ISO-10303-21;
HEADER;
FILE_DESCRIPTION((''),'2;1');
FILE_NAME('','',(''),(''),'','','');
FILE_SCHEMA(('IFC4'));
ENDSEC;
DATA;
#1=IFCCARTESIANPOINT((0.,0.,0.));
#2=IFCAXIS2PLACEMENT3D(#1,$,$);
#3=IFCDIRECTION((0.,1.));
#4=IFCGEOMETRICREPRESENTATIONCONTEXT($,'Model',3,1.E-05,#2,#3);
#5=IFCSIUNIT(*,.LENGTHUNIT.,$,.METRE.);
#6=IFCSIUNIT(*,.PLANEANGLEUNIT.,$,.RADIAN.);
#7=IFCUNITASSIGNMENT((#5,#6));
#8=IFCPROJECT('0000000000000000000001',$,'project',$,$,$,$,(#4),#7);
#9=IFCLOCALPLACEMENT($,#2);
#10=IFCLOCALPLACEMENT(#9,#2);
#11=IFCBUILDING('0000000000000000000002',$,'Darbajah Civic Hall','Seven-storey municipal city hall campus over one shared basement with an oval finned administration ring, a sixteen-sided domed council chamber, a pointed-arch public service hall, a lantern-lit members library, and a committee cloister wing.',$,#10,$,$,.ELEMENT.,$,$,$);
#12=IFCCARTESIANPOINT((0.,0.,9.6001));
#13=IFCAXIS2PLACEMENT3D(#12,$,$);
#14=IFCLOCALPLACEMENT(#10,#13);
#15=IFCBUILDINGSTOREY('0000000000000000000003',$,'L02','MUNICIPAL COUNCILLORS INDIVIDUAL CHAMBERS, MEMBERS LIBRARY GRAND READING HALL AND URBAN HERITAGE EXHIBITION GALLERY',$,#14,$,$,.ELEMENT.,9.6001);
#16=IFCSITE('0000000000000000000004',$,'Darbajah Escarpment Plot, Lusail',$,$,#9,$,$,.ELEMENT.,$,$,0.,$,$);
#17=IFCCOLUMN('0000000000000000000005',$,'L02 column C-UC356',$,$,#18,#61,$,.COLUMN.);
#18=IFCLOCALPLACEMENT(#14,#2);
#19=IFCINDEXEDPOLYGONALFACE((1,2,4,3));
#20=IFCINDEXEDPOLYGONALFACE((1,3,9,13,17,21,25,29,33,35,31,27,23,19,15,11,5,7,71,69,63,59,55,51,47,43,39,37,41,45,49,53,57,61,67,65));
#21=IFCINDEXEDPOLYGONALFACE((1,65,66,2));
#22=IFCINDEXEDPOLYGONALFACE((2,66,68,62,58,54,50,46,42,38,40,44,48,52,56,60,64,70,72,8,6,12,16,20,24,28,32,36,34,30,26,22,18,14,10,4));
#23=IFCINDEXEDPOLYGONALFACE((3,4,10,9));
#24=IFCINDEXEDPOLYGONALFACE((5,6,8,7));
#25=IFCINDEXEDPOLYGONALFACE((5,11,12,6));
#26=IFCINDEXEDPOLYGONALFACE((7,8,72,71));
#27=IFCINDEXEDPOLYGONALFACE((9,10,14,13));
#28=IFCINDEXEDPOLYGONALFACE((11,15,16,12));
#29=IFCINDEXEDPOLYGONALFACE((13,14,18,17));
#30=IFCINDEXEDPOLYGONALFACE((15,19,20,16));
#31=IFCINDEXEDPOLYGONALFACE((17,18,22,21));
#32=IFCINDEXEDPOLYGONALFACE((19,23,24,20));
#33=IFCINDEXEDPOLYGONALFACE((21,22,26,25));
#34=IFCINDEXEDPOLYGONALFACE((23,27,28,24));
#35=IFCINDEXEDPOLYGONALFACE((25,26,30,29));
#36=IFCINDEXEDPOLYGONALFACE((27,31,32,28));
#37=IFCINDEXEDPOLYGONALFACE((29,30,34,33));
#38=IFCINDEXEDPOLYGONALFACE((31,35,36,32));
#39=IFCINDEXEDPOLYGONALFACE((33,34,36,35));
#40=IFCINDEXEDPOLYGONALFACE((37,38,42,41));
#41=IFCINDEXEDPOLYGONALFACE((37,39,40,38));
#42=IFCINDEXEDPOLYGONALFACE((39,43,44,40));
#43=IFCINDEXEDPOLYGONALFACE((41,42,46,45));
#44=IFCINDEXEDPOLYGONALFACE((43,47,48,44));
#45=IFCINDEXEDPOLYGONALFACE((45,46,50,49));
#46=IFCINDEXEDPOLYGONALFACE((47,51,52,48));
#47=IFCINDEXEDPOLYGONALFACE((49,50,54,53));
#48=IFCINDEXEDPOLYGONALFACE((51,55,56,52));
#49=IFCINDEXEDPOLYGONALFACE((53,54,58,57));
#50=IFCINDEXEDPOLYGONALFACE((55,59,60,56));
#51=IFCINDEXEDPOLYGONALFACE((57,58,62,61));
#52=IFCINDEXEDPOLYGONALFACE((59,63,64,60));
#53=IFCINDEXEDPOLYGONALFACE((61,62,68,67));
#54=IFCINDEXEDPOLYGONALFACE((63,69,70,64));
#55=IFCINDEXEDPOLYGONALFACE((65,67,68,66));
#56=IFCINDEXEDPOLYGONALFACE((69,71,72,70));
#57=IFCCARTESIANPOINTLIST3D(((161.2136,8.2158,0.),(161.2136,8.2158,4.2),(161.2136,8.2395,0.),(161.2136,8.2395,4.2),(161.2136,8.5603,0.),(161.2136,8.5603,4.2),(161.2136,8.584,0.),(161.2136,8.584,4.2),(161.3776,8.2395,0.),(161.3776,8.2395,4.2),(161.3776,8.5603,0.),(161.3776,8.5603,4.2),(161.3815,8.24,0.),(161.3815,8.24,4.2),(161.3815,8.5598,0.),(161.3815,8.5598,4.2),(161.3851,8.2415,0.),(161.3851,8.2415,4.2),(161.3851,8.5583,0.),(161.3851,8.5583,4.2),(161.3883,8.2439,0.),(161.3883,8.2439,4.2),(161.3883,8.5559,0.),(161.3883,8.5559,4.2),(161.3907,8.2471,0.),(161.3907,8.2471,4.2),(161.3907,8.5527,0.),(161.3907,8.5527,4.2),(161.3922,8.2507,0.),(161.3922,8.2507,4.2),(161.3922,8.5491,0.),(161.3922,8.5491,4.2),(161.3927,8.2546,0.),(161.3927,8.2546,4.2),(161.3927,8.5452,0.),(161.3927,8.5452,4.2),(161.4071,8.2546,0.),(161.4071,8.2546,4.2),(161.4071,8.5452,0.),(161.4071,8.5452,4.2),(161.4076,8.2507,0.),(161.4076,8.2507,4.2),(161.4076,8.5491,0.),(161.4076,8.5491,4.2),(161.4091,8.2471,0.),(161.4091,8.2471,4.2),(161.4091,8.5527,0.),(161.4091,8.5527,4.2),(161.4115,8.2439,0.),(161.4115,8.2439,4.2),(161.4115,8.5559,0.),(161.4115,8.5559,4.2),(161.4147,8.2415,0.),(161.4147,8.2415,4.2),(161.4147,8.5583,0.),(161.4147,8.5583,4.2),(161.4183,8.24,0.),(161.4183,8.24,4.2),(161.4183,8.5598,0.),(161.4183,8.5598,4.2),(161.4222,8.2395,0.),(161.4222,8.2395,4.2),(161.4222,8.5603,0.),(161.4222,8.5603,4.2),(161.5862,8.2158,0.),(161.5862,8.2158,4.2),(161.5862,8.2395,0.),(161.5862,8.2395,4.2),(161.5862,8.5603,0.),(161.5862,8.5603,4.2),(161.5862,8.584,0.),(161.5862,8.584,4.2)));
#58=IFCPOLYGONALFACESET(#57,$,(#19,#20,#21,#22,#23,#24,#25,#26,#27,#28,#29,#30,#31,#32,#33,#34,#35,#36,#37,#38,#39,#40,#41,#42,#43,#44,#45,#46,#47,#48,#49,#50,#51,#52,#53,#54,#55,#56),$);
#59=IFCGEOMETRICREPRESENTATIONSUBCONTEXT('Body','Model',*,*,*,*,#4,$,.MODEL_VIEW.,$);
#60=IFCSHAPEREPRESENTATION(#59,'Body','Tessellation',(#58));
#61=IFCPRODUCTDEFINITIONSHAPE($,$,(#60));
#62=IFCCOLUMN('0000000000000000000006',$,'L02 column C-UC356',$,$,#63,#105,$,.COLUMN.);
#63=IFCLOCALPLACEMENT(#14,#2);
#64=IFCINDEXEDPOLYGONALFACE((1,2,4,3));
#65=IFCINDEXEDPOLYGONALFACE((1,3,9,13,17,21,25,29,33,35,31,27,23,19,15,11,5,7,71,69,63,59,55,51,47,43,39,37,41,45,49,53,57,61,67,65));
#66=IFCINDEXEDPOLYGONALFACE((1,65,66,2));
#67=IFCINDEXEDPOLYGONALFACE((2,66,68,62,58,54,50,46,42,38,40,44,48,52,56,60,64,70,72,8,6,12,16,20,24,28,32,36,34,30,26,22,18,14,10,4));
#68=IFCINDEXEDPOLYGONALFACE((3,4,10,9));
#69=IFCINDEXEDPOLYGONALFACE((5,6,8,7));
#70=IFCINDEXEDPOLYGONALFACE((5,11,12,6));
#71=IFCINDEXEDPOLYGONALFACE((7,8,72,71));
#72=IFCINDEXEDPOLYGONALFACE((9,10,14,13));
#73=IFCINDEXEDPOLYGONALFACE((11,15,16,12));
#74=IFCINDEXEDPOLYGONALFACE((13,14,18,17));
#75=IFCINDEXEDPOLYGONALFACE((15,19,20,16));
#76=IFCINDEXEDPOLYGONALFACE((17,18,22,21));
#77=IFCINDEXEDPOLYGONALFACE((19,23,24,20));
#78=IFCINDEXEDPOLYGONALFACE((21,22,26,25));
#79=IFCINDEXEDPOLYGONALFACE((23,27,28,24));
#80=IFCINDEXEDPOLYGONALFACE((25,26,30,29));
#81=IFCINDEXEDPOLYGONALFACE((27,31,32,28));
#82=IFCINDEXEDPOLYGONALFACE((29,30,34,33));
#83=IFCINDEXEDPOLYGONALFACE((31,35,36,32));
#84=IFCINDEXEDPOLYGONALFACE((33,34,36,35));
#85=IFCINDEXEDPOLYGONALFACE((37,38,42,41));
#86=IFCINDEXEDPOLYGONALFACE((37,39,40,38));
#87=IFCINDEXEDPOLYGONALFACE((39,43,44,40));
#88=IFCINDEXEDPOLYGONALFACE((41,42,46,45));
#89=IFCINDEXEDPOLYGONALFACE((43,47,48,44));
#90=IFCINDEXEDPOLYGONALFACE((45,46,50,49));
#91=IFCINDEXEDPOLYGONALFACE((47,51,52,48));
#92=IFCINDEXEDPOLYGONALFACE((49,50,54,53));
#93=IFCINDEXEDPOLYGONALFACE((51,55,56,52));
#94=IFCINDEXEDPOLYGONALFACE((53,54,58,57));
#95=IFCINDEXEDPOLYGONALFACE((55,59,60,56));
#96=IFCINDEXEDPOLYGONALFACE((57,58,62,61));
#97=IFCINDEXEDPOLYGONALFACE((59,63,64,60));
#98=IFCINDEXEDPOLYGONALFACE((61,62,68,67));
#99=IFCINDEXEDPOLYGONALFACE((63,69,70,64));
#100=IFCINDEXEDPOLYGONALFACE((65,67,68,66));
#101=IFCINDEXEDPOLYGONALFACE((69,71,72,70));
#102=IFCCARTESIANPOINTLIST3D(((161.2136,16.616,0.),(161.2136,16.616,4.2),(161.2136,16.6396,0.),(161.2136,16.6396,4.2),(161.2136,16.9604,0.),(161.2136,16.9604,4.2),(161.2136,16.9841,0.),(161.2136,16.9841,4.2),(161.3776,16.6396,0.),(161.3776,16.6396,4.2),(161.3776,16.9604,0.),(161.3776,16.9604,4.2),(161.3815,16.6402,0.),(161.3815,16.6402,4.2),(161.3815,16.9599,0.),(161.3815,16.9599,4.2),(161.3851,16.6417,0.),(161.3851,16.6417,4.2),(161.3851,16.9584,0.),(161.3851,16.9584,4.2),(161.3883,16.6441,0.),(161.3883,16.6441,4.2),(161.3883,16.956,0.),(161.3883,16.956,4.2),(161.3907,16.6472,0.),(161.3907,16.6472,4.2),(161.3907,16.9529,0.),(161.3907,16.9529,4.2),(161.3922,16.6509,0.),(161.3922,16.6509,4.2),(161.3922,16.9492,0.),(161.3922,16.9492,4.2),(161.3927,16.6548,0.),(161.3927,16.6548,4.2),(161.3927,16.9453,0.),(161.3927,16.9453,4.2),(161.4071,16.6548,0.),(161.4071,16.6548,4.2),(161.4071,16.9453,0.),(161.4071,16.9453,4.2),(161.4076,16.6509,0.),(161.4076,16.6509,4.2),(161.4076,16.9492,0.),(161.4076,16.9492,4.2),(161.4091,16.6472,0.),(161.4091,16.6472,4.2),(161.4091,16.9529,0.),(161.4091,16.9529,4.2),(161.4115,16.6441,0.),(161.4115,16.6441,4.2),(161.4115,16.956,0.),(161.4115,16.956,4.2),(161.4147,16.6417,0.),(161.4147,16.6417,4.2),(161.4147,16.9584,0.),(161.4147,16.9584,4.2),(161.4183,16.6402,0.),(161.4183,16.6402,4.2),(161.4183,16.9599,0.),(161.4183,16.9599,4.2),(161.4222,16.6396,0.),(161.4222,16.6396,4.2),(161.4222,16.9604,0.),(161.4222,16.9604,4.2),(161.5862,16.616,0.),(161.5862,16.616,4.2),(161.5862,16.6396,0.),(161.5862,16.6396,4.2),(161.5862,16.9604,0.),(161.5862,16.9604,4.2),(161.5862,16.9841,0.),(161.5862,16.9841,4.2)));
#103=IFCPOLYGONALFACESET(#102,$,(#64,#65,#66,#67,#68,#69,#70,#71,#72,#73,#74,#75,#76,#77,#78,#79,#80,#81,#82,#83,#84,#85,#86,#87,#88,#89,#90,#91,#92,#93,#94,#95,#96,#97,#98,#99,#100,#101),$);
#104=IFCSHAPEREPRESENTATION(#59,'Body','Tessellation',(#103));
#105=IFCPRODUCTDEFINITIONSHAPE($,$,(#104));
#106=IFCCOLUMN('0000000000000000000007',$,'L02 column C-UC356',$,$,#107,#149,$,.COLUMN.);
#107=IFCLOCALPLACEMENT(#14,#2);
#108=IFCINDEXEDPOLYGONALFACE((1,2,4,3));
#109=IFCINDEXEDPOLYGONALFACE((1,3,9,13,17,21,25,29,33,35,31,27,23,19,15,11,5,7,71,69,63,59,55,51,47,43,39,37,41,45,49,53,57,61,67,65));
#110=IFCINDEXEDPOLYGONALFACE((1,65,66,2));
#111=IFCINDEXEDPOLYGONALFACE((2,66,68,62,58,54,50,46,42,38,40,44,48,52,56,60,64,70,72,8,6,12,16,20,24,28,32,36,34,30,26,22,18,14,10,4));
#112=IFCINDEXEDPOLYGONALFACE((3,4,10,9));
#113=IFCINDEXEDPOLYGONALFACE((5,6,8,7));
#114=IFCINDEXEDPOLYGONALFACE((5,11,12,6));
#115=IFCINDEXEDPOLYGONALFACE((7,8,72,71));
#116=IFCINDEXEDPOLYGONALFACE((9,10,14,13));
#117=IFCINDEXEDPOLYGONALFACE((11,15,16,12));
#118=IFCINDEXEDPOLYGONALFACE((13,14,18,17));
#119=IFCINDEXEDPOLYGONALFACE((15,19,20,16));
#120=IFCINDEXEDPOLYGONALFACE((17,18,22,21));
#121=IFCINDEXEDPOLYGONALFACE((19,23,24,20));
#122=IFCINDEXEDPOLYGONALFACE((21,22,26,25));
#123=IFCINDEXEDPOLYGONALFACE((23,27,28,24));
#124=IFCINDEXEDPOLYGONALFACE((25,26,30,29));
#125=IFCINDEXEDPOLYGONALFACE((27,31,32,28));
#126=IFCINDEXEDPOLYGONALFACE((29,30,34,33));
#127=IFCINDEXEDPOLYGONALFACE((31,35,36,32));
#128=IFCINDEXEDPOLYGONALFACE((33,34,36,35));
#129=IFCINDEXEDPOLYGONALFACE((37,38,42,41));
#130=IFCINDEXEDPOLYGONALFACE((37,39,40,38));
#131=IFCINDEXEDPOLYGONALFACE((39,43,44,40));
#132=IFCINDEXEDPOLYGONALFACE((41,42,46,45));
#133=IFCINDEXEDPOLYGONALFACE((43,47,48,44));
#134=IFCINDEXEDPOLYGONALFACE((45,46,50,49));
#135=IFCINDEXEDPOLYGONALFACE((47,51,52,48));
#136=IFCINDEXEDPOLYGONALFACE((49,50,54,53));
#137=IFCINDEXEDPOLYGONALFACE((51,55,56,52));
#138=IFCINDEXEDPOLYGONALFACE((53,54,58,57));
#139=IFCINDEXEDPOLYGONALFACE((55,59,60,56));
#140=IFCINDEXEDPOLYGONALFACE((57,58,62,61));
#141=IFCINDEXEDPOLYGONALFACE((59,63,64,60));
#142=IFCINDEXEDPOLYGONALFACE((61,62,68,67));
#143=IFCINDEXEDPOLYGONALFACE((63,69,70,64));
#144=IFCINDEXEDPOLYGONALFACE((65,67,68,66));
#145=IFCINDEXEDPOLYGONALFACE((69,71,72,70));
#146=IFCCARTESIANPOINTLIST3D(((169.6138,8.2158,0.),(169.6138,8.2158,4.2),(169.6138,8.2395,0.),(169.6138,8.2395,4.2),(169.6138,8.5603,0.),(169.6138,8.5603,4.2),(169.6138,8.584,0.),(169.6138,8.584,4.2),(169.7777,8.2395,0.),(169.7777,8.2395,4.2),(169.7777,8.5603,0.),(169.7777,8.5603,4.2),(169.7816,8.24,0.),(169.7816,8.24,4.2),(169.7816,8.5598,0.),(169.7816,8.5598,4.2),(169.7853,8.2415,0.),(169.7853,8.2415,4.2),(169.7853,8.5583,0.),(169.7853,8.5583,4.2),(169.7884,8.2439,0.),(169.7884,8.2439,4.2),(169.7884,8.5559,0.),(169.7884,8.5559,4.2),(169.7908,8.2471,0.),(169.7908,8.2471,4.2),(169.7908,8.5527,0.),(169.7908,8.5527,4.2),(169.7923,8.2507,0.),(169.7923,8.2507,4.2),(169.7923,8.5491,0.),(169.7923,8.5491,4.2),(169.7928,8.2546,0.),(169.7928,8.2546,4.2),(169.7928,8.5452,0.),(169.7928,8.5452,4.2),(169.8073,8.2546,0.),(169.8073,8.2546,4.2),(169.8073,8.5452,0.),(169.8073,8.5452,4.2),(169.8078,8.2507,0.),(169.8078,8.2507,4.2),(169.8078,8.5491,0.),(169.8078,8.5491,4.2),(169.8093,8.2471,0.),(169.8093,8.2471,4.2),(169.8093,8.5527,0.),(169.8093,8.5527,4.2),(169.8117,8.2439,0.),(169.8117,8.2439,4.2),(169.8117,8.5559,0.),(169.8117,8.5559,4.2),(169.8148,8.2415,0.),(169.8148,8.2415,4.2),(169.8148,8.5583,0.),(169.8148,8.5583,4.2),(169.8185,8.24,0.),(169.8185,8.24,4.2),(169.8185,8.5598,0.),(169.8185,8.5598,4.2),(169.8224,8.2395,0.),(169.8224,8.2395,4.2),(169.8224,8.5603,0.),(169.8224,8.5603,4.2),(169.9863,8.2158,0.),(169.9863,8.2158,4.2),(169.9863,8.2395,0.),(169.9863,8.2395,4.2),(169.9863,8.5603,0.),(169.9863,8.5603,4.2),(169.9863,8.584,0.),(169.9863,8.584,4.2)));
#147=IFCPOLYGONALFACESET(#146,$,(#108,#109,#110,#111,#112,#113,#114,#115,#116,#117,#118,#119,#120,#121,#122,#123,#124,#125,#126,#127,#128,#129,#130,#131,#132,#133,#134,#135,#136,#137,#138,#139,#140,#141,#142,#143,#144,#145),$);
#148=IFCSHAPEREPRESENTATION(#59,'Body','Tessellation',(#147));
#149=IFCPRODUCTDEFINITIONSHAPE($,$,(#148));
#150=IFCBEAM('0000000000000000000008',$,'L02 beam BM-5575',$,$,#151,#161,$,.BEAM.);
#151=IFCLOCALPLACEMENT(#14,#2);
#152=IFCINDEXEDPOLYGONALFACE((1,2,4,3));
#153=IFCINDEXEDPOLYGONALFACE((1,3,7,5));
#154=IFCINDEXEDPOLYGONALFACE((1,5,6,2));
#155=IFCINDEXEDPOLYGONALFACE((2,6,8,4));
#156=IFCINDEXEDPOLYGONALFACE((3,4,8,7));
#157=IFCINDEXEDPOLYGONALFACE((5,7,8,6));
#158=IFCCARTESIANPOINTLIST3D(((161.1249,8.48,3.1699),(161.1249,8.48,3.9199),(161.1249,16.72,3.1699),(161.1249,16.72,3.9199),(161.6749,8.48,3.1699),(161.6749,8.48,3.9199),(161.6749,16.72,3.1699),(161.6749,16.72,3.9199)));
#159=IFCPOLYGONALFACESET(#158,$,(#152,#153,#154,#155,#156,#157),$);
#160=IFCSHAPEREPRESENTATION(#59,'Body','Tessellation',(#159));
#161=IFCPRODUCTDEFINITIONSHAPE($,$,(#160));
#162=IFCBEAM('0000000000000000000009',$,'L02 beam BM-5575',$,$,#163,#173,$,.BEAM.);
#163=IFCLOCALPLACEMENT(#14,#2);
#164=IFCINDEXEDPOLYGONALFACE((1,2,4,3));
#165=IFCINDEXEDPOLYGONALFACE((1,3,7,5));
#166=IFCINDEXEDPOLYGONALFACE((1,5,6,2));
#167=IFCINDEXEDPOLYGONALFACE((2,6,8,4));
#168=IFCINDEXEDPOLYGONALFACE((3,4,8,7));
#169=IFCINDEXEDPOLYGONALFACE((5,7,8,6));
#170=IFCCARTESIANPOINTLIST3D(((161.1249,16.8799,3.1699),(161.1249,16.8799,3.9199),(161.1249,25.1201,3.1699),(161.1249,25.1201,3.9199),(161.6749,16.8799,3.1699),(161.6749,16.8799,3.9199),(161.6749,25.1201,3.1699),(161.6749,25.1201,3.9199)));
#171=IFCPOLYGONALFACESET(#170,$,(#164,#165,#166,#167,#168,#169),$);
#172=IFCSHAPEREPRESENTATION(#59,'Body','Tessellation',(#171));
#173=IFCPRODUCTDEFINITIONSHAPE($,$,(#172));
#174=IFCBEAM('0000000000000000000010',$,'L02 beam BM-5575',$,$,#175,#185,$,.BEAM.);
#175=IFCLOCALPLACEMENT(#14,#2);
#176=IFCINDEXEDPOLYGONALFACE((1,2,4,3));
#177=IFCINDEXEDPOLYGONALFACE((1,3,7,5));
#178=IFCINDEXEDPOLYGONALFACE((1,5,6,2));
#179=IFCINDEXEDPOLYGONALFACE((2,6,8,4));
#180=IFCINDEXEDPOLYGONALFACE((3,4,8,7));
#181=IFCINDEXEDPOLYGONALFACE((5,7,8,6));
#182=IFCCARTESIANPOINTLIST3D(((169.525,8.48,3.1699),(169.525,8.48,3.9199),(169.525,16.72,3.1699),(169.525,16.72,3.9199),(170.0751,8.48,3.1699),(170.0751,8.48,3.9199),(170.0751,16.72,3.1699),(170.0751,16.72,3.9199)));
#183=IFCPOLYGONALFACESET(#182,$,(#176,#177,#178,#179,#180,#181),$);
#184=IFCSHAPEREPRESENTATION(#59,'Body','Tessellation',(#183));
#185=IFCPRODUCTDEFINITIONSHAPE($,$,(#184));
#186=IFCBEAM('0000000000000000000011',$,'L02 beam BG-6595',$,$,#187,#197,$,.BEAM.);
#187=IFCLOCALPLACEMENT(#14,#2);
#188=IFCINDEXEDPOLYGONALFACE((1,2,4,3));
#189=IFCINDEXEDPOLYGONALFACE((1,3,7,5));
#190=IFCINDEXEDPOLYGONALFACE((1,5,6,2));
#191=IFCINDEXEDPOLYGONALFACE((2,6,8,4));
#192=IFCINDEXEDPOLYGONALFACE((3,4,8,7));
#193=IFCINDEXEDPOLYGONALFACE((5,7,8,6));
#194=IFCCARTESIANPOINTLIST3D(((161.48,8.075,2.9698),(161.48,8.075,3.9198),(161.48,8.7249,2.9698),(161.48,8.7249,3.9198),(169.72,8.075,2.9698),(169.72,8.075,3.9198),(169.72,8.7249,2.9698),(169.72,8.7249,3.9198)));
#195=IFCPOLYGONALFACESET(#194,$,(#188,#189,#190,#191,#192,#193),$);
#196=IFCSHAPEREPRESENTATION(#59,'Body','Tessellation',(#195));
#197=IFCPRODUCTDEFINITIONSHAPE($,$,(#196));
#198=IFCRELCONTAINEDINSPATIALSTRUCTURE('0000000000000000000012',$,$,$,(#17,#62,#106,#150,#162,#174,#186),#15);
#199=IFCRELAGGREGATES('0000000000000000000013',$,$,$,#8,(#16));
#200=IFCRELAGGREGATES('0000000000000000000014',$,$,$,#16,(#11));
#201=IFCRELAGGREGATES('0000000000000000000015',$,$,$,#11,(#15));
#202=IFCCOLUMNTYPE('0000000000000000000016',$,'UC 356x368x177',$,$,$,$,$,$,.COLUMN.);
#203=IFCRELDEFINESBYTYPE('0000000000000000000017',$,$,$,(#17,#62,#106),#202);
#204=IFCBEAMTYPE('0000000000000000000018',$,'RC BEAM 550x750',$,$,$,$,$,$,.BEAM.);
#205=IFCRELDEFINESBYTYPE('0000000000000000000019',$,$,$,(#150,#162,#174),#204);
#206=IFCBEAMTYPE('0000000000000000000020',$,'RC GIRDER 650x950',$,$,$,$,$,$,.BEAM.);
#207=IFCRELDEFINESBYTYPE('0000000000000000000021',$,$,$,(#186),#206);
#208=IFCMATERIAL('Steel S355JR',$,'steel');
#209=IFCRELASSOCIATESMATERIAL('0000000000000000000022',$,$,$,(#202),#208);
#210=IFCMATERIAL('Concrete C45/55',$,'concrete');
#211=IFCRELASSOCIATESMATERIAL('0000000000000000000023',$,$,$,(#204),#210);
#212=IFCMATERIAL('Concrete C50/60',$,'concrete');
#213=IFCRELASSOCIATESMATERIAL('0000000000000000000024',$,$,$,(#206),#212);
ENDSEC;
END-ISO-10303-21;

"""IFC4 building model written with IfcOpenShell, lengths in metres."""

from ifc_helpers import new_model, si_unit, direction, frame, origin, origin_2d, place, context, subcontext, project, spatial, rectangle, i_section, extrude, material, material_profile, profile_set, type_object, element, save


model = new_model("IFC4")

# Units and contexts
model_context = context("Model", 3, precision=1e-05, world=origin(), true_north=direction((0.0, 1.0)))
body_context = subcontext(model_context, "Body", "Model", "MODEL_VIEW")
ifc_project = project(units=[si_unit("LENGTHUNIT", "METRE"), si_unit("PLANEANGLEUNIT", "RADIAN")], contexts=[model_context])

# Site, building, storey
site_placement = place(None, origin())
site = spatial("IfcSite", under=ifc_project, at=site_placement, Name="Darbajah Escarpment Plot, Lusail", CompositionType="ELEMENT", RefElevation=0.0)
building_placement = place(site_placement, origin())
building = spatial("IfcBuilding", under=site, at=building_placement, Name="Darbajah Civic Hall", Description="Seven-storey municipal city hall campus over one shared basement with an oval finned administration ring, a sixteen-sided domed council chamber, a pointed-arch public service hall, a lantern-lit members library, and a committee cloister wing.", CompositionType="ELEMENT")
storey_placement = place(building_placement, frame((0.0, 0.0, 9.6001)))
storey = spatial("IfcBuildingStorey", under=building, at=storey_placement, Name="L02", Description="MUNICIPAL COUNCILLORS INDIVIDUAL CHAMBERS, MEMBERS LIBRARY GRAND READING HALL AND URBAN HERITAGE EXHIBITION GALLERY", CompositionType="ELEMENT", Elevation=9.6001)

# Columns
ifc_material_1 = material(Name="Steel S355JR", Category="steel")
ifc_material_profile_1 = material_profile(ifc_material_1, i_section(OverallWidth=0.3726, OverallDepth=0.3682, WebThickness=0.0144, FlangeThickness=0.0237, FilletRadius=0.0151, at=origin_2d()), Name="UC 356x368x177")
ifc_profile_set_1 = profile_set([ifc_material_profile_1], Name="Steel S355JR")
column_type = type_object("IfcColumnType", Name="UC 356x368x177", PredefinedType="COLUMN", material=ifc_profile_set_1)
for number, where, z_axis, x_axis, name in (
    (1, (161.3999, 8.3999, 0.0), (0.0, 0.0, 1.0), (1.0, 0.0, 0.0), "L02 column C-UC356"),
    (2, (161.3999, 16.8, 0.0), (0.0, 0.0, 1.0), (1.0, 0.0, 0.0), "L02 column C-UC356"),
    (3, (169.8, 8.3999, 0.0), (0.0, 0.0, 1.0), (1.0, 0.0, 0.0), "L02 column C-UC356"),
):
    element("IfcColumn", number, at=place(storey_placement, frame(where, z_axis=z_axis, x_axis=x_axis)), inside=storey, type_object=column_type, Name=name, PredefinedType="COLUMN", context=body_context, shape_type="SweptSolid", body=[
        extrude(i_section(OverallWidth=0.3726, OverallDepth=0.3682, WebThickness=0.0144, FlangeThickness=0.0237, FilletRadius=0.0151, at=origin_2d()), origin(), (0.0, 0.0, 1.0), 4.2),
    ])

# Beams
ifc_material_2 = material(Name="Concrete C45/55", Category="concrete")
ifc_material_profile_2 = material_profile(ifc_material_2, rectangle(XDim=0.55, YDim=0.75, at=origin_2d()), Name="RC BEAM 550x750")
ifc_profile_set_2 = profile_set([ifc_material_profile_2], Name="Concrete C45/55")
beam_type_1 = type_object("IfcBeamType", Name="RC BEAM 550x750", PredefinedType="BEAM", material=ifc_profile_set_2)
beam_1_placement = place(storey_placement, frame((161.3999, 8.48, 3.5449), z_axis=(0.0, 1.0, 0.0), x_axis=(-1.0, 0.0, 0.0)))
element("IfcBeam", 4, at=beam_1_placement, inside=storey, type_object=beam_type_1, Name="L02 beam BM-5575", PredefinedType="BEAM", context=body_context, shape_type="SweptSolid", body=[
    extrude(rectangle(XDim=0.55, YDim=0.75, at=origin_2d()), origin(), (0.0, 0.0, 1.0), 8.24),
])
beam_2_placement = place(storey_placement, frame((161.3999, 16.8799, 3.5449), z_axis=(0.0, 1.0, 0.0), x_axis=(-1.0, 0.0, 0.0)))
element("IfcBeam", 5, at=beam_2_placement, inside=storey, type_object=beam_type_1, Name="L02 beam BM-5575", PredefinedType="BEAM", context=body_context, shape_type="SweptSolid", body=[
    extrude(rectangle(XDim=0.55, YDim=0.75, at=origin_2d()), origin(), (0.0, 0.0, 1.0), 8.2402),
])
beam_3_placement = place(storey_placement, frame((169.8, 8.48, 3.5449), z_axis=(0.0, 1.0, 0.0), x_axis=(-1.0, 0.0, 0.0)))
element("IfcBeam", 6, at=beam_3_placement, inside=storey, type_object=beam_type_1, Name="L02 beam BM-5575", PredefinedType="BEAM", context=body_context, shape_type="SweptSolid", body=[
    extrude(rectangle(XDim=0.55, YDim=0.75, at=origin_2d()), origin(), (0.0, 0.0, 1.0), 8.24),
])
ifc_material_3 = material(Name="Concrete C50/60", Category="concrete")
ifc_material_profile_3 = material_profile(ifc_material_3, rectangle(XDim=0.6499, YDim=0.95, at=origin_2d()), Name="RC GIRDER 650x950")
ifc_profile_set_3 = profile_set([ifc_material_profile_3], Name="Concrete C50/60")
beam_type_2 = type_object("IfcBeamType", Name="RC GIRDER 650x950", PredefinedType="BEAM", material=ifc_profile_set_3)
for number, where, z_axis, x_axis, name in (
    (7, (161.48, 8.3999, 3.4448), (1.0, 0.0, 0.0), (0.0, 1.0, 0.0), "L02 beam BG-6595"),
):
    element("IfcBeam", number, at=place(storey_placement, frame(where, z_axis=z_axis, x_axis=x_axis)), inside=storey, type_object=beam_type_2, Name=name, PredefinedType="BEAM", context=body_context, shape_type="SweptSolid", body=[
        extrude(rectangle(XDim=0.6499, YDim=0.95, at=origin_2d()), origin(), (0.0, 0.0, 1.0), 8.24),
    ])

save(model, "model.ifc")
